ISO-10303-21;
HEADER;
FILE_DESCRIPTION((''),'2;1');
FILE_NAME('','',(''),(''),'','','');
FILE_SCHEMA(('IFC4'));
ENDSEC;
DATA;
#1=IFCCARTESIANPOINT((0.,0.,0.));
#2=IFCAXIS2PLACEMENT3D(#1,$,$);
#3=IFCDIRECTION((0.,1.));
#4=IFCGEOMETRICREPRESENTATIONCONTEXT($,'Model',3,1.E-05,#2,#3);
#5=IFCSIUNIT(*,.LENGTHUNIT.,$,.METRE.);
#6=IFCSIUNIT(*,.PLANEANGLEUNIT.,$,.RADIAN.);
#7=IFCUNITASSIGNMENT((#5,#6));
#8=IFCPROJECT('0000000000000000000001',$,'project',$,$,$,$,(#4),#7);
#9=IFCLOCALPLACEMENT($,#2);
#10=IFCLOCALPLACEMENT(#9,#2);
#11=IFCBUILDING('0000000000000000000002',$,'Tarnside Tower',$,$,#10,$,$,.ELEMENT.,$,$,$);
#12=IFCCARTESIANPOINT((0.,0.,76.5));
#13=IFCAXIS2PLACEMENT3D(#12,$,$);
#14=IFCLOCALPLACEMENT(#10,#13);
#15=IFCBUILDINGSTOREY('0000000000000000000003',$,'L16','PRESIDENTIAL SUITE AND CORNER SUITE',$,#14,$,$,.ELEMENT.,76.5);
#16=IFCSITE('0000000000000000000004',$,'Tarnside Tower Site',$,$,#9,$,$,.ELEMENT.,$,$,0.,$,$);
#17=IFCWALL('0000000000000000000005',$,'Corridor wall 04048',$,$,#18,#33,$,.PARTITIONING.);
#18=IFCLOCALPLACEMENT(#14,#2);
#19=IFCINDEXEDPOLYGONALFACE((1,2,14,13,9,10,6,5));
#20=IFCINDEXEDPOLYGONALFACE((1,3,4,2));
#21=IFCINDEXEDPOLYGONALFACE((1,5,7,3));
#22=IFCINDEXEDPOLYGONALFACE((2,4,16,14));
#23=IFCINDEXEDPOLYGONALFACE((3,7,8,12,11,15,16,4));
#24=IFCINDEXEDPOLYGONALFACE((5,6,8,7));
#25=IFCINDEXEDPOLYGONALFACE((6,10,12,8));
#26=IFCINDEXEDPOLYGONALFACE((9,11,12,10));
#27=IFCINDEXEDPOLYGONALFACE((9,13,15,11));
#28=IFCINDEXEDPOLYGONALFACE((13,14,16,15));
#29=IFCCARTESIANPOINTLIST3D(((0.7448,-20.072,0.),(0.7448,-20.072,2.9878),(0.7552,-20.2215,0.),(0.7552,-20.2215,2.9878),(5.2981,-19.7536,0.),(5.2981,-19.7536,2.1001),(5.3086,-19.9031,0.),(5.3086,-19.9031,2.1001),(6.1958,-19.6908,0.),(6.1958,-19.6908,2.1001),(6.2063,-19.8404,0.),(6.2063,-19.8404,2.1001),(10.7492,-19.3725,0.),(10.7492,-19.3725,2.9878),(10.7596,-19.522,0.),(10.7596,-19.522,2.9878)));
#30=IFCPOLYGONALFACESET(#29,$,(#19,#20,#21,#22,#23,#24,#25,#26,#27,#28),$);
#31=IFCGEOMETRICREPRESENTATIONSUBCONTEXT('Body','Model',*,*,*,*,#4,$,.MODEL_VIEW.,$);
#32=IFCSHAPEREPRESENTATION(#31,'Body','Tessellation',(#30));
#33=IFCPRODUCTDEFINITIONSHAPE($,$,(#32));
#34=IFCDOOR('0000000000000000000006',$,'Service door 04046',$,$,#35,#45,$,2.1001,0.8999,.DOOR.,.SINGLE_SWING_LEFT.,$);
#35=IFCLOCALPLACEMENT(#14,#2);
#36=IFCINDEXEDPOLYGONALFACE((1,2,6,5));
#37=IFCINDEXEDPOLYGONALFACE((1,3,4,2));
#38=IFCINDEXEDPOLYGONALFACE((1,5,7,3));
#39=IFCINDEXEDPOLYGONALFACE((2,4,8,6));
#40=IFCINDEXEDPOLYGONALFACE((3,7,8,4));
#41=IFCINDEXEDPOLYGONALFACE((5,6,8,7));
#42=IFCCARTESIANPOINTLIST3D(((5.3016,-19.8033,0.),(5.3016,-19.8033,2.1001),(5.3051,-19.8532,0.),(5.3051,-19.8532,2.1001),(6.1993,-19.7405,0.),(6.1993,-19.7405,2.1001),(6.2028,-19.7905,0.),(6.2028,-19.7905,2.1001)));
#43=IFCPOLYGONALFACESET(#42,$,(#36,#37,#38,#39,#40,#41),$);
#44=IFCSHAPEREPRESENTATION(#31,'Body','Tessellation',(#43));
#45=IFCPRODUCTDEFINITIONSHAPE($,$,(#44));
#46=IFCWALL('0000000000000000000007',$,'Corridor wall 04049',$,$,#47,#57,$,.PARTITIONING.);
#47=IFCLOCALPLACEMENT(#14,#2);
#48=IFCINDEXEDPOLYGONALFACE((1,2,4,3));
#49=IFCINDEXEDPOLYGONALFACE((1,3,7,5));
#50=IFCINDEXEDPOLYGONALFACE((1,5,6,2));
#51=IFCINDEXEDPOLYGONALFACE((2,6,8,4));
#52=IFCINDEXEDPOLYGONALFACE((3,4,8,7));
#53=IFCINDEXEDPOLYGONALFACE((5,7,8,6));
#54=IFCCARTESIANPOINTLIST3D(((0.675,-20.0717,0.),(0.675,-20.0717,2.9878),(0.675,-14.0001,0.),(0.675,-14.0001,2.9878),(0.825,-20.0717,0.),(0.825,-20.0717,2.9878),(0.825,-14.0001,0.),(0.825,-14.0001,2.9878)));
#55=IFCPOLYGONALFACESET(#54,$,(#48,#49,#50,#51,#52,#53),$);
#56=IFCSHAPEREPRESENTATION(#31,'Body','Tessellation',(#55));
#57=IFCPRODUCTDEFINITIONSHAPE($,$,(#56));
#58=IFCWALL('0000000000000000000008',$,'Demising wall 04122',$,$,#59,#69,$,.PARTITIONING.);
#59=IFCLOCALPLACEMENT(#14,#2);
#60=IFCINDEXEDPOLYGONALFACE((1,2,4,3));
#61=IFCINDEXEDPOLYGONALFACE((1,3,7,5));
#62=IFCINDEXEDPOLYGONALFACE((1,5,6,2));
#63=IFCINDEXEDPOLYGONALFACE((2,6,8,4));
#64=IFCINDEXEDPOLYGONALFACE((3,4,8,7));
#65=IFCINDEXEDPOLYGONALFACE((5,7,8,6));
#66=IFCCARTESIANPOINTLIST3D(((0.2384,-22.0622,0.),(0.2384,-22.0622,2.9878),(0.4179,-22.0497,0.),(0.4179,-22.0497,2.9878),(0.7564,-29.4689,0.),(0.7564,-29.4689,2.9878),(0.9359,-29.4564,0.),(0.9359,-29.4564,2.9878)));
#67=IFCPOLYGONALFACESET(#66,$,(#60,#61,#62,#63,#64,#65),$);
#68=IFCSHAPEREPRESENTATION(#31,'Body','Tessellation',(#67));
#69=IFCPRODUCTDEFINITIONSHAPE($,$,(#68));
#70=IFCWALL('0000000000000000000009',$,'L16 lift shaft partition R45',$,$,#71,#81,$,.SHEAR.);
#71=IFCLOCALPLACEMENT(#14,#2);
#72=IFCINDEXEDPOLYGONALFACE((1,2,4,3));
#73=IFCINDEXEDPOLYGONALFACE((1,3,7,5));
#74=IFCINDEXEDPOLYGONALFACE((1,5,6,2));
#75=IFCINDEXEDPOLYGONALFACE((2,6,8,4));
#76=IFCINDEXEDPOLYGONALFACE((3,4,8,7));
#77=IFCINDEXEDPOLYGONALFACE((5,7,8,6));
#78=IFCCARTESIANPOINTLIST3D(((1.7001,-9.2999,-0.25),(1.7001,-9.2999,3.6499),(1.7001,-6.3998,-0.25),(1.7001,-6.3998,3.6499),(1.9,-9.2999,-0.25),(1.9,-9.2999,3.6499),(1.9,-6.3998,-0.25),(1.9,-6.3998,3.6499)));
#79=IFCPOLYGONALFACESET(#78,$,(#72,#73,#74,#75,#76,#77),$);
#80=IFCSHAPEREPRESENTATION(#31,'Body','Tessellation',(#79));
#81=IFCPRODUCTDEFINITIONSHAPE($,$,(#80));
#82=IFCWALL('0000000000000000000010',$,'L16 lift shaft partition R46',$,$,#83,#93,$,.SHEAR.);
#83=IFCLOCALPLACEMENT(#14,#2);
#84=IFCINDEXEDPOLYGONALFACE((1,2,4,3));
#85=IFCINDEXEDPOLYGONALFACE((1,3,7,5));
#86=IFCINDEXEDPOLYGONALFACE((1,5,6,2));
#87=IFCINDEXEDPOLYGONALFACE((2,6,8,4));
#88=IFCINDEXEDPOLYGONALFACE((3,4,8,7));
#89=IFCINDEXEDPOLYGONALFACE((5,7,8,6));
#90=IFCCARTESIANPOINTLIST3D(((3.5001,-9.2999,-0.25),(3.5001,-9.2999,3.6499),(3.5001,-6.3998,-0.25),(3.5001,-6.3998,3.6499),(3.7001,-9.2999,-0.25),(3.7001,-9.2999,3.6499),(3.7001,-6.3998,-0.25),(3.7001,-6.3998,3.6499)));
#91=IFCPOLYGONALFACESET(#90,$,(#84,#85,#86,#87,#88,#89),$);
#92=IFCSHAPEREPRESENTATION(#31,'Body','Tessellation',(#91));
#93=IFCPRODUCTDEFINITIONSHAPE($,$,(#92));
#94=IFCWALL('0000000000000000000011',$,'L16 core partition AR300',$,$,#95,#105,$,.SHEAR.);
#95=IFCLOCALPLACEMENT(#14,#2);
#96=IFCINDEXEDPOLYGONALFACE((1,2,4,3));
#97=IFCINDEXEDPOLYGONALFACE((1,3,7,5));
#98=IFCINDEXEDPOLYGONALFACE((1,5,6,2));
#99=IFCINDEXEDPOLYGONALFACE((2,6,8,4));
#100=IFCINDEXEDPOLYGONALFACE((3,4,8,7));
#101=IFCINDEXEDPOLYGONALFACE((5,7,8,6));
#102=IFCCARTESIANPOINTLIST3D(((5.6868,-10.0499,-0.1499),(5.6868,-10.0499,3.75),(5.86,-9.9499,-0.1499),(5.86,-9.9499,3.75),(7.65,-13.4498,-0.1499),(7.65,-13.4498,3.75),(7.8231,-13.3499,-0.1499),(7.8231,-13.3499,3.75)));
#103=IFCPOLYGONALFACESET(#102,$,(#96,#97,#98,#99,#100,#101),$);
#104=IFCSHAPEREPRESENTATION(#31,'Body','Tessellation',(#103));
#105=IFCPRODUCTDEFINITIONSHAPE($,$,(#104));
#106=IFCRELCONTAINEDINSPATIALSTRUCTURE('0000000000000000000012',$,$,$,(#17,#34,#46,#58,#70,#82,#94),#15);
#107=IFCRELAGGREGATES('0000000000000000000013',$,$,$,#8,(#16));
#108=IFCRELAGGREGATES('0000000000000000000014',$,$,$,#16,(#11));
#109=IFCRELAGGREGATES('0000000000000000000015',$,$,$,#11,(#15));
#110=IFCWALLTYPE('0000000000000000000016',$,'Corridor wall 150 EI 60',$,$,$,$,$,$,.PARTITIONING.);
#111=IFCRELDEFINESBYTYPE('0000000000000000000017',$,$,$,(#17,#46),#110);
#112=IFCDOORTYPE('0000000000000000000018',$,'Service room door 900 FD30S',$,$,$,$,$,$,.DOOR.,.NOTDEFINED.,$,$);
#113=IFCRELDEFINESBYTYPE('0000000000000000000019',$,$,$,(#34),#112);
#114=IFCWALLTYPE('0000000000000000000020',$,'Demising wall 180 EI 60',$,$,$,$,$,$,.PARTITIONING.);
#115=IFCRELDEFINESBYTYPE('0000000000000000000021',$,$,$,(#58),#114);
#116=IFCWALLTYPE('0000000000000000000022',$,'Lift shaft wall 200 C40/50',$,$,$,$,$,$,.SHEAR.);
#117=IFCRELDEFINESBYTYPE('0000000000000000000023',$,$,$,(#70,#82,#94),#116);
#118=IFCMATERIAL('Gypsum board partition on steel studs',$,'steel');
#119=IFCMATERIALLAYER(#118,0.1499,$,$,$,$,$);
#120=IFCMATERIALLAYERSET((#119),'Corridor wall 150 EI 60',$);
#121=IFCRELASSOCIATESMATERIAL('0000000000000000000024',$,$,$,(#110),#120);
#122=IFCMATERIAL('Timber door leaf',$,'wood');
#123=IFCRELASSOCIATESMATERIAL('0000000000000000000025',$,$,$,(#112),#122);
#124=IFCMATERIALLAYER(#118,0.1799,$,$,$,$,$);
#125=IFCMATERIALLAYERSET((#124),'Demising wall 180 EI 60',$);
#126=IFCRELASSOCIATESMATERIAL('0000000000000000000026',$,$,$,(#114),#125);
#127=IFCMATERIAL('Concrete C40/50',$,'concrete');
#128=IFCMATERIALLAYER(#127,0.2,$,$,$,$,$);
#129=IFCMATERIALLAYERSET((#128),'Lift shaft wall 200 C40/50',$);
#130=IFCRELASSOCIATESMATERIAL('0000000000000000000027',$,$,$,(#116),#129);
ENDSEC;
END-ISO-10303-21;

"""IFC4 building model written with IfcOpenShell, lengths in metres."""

from ifc_helpers import new_model, si_unit, direction, frame, frame_2d, origin, place, context, subcontext, project, spatial, rectangle, extrude, material, layer, layer_set, type_object, element, fill, save


model = new_model("IFC4")

# Units and contexts
model_context = context("Model", 3, precision=1e-05, world=origin(), true_north=direction((0.0, 1.0)))
body_context = subcontext(model_context, "Body", "Model", "MODEL_VIEW")
ifc_project = project(units=[si_unit("LENGTHUNIT", "METRE"), si_unit("PLANEANGLEUNIT", "RADIAN")], contexts=[model_context])

# Site, building, storey
site_placement = place(None, origin())
site = spatial("IfcSite", under=ifc_project, at=site_placement, Name="Tarnside Tower Site", CompositionType="ELEMENT", RefElevation=0.0)
building_placement = place(site_placement, origin())
building = spatial("IfcBuilding", under=site, at=building_placement, Name="Tarnside Tower", CompositionType="ELEMENT")
storey_placement = place(building_placement, frame((0.0, 0.0, 76.5)))
storey = spatial("IfcBuildingStorey", under=building, at=storey_placement, Name="L16", Description="PRESIDENTIAL SUITE AND CORNER SUITE", CompositionType="ELEMENT", Elevation=76.5)

# Shared definitions
ifc_material_1 = material(Name="Gypsum board partition on steel studs", Category="steel")

# Shared definitions
ifc_material_2 = material(Name="Timber door leaf", Category="wood")

# Shared definitions
ifc_layer_1 = layer(ifc_material_1, 0.1499)
ifc_layer_set_1 = layer_set([ifc_layer_1], Name="Corridor wall 150 EI 60")
wall_type_1 = type_object("IfcWallType", Name="Corridor wall 150 EI 60", PredefinedType="PARTITIONING", material=ifc_layer_set_1)

# Wall, opening, door
wall_1_placement = place(storey_placement, frame((10.7544, -19.4473, 0.0), z_axis=(0.0, 0.0, 1.0), x_axis=(-0.997565, -0.069745, 0.0)))
wall_1 = element("IfcWall", 1, at=wall_1_placement, inside=storey, type_object=wall_type_1, Name="Corridor wall 04048", PredefinedType="PARTITIONING", context=body_context, shape_type="SweptSolid", body=[
    extrude(rectangle(XDim=10.0288, YDim=0.1499, at=frame_2d((5.0144, 0.0))), origin(), (0.0, 0.0, 1.0), 2.9878),
])
opening_1_placement = place(wall_1_placement, frame((4.5645, 0.0, 0.0)))
opening_1 = element("IfcOpeningElement", 2, at=opening_1_placement, cuts=wall_1, PredefinedType="OPENING", context=body_context, shape_type="SweptSolid", body=[
    extrude(rectangle(XDim=0.8999, YDim=2.1001, at=frame_2d((0.45, 1.05))), frame((0.0, 0.085, 0.0), z_axis=(0.0, -1.0, 0.0), x_axis=(1.0, 0.0, 0.0)), (0.0, 0.0, 1.0), 0.1699),
])
door_type_1 = type_object("IfcDoorType", Name="Service room door 900 FD30S", OperationType="NOTDEFINED", PredefinedType="DOOR", material=ifc_material_2)
door_1_placement = place(opening_1_placement, origin())
door_1 = element("IfcDoor", 3, at=door_1_placement, inside=storey, type_object=door_type_1, Name="Service door 04046", OperationType="SINGLE_SWING_LEFT", OverallHeight=2.1001, OverallWidth=0.8999, PredefinedType="DOOR", context=body_context, shape_type="SweptSolid", body=[
    extrude(rectangle(XDim=0.8999, YDim=2.1001, at=frame_2d((0.45, 1.05))), frame((0.0, 0.0249, 0.0), z_axis=(0.0, -1.0, 0.0), x_axis=(1.0, 0.0, 0.0)), (0.0, 0.0, 1.0), 0.05),
])
fill(opening_1, door_1)

# Walls
wall_2_placement = place(storey_placement, frame((0.75, -20.0715, 0.0), z_axis=(0.0, 0.0, 1.0), x_axis=(0.0, 1.0, 0.0)))
element("IfcWall", 4, at=wall_2_placement, inside=storey, type_object=wall_type_1, Name="Corridor wall 04049", PredefinedType="PARTITIONING", context=body_context, shape_type="SweptSolid", body=[
    extrude(rectangle(XDim=6.0715, YDim=0.1499, at=frame_2d((3.0356, 0.0))), origin(), (0.0, 0.0, 1.0), 2.9878),
])
ifc_layer_2 = layer(ifc_material_1, 0.1799)
ifc_layer_set_2 = layer_set([ifc_layer_2], Name="Demising wall 180 EI 60")
wall_type_2 = type_object("IfcWallType", Name="Demising wall 180 EI 60", PredefinedType="PARTITIONING", material=ifc_layer_set_2)
wall_3_placement = place(storey_placement, frame((0.8462, -29.4626, 0.0), z_axis=(0.0, 0.0, 1.0), x_axis=(-0.069775, 0.997563, 0.0)))
element("IfcWall", 5, at=wall_3_placement, inside=storey, type_object=wall_type_2, Name="Demising wall 04122", PredefinedType="PARTITIONING", context=body_context, shape_type="SweptSolid", body=[
    extrude(rectangle(XDim=7.4248, YDim=0.1799, at=frame_2d((3.7124, 0.0))), origin(), (0.0, 0.0, 1.0), 2.9878),
])
ifc_material_3 = material(Name="Concrete C40/50", Category="concrete")
ifc_layer_3 = layer(ifc_material_3, 0.2)
ifc_layer_set_3 = layer_set([ifc_layer_3], Name="Lift shaft wall 200 C40/50")
wall_type_3 = type_object("IfcWallType", Name="Lift shaft wall 200 C40/50", PredefinedType="SHEAR", material=ifc_layer_set_3)
for number, where, z_axis, x_axis, name in (
    (6, (1.8, -9.3, -0.25), (0.0, 0.0, 1.0), (0.0, 1.0, 0.0), "L16 lift shaft partition R45"),
    (7, (3.6001, -9.3, -0.25), (0.0, 0.0, 1.0), (0.0, 1.0, 0.0), "L16 lift shaft partition R46"),
):
    element("IfcWall", number, at=place(storey_placement, frame(where, z_axis=z_axis, x_axis=x_axis)), inside=storey, type_object=wall_type_3, Name=name, PredefinedType="SHEAR", context=body_context, shape_type="SweptSolid", body=[
        extrude(rectangle(XDim=2.9001, YDim=0.2, at=frame_2d((1.4502, 0.0))), origin(), (0.0, 0.0, 1.0), 3.8999),
    ])
wall_4_placement = place(storey_placement, frame((5.7734, -10.0, -0.1499), z_axis=(0.0, 0.0, 1.0), x_axis=(0.500038, -0.866003, 0.0)))
element("IfcWall", 8, at=wall_4_placement, inside=storey, type_object=wall_type_3, Name="L16 core partition AR300", PredefinedType="SHEAR", context=body_context, shape_type="SweptSolid", body=[
    extrude(rectangle(XDim=3.926, YDim=0.2, at=frame_2d((1.9629, 0.0))), origin(), (0.0, 0.0, 1.0), 3.8999),
])

save(model, "model.ifc")
